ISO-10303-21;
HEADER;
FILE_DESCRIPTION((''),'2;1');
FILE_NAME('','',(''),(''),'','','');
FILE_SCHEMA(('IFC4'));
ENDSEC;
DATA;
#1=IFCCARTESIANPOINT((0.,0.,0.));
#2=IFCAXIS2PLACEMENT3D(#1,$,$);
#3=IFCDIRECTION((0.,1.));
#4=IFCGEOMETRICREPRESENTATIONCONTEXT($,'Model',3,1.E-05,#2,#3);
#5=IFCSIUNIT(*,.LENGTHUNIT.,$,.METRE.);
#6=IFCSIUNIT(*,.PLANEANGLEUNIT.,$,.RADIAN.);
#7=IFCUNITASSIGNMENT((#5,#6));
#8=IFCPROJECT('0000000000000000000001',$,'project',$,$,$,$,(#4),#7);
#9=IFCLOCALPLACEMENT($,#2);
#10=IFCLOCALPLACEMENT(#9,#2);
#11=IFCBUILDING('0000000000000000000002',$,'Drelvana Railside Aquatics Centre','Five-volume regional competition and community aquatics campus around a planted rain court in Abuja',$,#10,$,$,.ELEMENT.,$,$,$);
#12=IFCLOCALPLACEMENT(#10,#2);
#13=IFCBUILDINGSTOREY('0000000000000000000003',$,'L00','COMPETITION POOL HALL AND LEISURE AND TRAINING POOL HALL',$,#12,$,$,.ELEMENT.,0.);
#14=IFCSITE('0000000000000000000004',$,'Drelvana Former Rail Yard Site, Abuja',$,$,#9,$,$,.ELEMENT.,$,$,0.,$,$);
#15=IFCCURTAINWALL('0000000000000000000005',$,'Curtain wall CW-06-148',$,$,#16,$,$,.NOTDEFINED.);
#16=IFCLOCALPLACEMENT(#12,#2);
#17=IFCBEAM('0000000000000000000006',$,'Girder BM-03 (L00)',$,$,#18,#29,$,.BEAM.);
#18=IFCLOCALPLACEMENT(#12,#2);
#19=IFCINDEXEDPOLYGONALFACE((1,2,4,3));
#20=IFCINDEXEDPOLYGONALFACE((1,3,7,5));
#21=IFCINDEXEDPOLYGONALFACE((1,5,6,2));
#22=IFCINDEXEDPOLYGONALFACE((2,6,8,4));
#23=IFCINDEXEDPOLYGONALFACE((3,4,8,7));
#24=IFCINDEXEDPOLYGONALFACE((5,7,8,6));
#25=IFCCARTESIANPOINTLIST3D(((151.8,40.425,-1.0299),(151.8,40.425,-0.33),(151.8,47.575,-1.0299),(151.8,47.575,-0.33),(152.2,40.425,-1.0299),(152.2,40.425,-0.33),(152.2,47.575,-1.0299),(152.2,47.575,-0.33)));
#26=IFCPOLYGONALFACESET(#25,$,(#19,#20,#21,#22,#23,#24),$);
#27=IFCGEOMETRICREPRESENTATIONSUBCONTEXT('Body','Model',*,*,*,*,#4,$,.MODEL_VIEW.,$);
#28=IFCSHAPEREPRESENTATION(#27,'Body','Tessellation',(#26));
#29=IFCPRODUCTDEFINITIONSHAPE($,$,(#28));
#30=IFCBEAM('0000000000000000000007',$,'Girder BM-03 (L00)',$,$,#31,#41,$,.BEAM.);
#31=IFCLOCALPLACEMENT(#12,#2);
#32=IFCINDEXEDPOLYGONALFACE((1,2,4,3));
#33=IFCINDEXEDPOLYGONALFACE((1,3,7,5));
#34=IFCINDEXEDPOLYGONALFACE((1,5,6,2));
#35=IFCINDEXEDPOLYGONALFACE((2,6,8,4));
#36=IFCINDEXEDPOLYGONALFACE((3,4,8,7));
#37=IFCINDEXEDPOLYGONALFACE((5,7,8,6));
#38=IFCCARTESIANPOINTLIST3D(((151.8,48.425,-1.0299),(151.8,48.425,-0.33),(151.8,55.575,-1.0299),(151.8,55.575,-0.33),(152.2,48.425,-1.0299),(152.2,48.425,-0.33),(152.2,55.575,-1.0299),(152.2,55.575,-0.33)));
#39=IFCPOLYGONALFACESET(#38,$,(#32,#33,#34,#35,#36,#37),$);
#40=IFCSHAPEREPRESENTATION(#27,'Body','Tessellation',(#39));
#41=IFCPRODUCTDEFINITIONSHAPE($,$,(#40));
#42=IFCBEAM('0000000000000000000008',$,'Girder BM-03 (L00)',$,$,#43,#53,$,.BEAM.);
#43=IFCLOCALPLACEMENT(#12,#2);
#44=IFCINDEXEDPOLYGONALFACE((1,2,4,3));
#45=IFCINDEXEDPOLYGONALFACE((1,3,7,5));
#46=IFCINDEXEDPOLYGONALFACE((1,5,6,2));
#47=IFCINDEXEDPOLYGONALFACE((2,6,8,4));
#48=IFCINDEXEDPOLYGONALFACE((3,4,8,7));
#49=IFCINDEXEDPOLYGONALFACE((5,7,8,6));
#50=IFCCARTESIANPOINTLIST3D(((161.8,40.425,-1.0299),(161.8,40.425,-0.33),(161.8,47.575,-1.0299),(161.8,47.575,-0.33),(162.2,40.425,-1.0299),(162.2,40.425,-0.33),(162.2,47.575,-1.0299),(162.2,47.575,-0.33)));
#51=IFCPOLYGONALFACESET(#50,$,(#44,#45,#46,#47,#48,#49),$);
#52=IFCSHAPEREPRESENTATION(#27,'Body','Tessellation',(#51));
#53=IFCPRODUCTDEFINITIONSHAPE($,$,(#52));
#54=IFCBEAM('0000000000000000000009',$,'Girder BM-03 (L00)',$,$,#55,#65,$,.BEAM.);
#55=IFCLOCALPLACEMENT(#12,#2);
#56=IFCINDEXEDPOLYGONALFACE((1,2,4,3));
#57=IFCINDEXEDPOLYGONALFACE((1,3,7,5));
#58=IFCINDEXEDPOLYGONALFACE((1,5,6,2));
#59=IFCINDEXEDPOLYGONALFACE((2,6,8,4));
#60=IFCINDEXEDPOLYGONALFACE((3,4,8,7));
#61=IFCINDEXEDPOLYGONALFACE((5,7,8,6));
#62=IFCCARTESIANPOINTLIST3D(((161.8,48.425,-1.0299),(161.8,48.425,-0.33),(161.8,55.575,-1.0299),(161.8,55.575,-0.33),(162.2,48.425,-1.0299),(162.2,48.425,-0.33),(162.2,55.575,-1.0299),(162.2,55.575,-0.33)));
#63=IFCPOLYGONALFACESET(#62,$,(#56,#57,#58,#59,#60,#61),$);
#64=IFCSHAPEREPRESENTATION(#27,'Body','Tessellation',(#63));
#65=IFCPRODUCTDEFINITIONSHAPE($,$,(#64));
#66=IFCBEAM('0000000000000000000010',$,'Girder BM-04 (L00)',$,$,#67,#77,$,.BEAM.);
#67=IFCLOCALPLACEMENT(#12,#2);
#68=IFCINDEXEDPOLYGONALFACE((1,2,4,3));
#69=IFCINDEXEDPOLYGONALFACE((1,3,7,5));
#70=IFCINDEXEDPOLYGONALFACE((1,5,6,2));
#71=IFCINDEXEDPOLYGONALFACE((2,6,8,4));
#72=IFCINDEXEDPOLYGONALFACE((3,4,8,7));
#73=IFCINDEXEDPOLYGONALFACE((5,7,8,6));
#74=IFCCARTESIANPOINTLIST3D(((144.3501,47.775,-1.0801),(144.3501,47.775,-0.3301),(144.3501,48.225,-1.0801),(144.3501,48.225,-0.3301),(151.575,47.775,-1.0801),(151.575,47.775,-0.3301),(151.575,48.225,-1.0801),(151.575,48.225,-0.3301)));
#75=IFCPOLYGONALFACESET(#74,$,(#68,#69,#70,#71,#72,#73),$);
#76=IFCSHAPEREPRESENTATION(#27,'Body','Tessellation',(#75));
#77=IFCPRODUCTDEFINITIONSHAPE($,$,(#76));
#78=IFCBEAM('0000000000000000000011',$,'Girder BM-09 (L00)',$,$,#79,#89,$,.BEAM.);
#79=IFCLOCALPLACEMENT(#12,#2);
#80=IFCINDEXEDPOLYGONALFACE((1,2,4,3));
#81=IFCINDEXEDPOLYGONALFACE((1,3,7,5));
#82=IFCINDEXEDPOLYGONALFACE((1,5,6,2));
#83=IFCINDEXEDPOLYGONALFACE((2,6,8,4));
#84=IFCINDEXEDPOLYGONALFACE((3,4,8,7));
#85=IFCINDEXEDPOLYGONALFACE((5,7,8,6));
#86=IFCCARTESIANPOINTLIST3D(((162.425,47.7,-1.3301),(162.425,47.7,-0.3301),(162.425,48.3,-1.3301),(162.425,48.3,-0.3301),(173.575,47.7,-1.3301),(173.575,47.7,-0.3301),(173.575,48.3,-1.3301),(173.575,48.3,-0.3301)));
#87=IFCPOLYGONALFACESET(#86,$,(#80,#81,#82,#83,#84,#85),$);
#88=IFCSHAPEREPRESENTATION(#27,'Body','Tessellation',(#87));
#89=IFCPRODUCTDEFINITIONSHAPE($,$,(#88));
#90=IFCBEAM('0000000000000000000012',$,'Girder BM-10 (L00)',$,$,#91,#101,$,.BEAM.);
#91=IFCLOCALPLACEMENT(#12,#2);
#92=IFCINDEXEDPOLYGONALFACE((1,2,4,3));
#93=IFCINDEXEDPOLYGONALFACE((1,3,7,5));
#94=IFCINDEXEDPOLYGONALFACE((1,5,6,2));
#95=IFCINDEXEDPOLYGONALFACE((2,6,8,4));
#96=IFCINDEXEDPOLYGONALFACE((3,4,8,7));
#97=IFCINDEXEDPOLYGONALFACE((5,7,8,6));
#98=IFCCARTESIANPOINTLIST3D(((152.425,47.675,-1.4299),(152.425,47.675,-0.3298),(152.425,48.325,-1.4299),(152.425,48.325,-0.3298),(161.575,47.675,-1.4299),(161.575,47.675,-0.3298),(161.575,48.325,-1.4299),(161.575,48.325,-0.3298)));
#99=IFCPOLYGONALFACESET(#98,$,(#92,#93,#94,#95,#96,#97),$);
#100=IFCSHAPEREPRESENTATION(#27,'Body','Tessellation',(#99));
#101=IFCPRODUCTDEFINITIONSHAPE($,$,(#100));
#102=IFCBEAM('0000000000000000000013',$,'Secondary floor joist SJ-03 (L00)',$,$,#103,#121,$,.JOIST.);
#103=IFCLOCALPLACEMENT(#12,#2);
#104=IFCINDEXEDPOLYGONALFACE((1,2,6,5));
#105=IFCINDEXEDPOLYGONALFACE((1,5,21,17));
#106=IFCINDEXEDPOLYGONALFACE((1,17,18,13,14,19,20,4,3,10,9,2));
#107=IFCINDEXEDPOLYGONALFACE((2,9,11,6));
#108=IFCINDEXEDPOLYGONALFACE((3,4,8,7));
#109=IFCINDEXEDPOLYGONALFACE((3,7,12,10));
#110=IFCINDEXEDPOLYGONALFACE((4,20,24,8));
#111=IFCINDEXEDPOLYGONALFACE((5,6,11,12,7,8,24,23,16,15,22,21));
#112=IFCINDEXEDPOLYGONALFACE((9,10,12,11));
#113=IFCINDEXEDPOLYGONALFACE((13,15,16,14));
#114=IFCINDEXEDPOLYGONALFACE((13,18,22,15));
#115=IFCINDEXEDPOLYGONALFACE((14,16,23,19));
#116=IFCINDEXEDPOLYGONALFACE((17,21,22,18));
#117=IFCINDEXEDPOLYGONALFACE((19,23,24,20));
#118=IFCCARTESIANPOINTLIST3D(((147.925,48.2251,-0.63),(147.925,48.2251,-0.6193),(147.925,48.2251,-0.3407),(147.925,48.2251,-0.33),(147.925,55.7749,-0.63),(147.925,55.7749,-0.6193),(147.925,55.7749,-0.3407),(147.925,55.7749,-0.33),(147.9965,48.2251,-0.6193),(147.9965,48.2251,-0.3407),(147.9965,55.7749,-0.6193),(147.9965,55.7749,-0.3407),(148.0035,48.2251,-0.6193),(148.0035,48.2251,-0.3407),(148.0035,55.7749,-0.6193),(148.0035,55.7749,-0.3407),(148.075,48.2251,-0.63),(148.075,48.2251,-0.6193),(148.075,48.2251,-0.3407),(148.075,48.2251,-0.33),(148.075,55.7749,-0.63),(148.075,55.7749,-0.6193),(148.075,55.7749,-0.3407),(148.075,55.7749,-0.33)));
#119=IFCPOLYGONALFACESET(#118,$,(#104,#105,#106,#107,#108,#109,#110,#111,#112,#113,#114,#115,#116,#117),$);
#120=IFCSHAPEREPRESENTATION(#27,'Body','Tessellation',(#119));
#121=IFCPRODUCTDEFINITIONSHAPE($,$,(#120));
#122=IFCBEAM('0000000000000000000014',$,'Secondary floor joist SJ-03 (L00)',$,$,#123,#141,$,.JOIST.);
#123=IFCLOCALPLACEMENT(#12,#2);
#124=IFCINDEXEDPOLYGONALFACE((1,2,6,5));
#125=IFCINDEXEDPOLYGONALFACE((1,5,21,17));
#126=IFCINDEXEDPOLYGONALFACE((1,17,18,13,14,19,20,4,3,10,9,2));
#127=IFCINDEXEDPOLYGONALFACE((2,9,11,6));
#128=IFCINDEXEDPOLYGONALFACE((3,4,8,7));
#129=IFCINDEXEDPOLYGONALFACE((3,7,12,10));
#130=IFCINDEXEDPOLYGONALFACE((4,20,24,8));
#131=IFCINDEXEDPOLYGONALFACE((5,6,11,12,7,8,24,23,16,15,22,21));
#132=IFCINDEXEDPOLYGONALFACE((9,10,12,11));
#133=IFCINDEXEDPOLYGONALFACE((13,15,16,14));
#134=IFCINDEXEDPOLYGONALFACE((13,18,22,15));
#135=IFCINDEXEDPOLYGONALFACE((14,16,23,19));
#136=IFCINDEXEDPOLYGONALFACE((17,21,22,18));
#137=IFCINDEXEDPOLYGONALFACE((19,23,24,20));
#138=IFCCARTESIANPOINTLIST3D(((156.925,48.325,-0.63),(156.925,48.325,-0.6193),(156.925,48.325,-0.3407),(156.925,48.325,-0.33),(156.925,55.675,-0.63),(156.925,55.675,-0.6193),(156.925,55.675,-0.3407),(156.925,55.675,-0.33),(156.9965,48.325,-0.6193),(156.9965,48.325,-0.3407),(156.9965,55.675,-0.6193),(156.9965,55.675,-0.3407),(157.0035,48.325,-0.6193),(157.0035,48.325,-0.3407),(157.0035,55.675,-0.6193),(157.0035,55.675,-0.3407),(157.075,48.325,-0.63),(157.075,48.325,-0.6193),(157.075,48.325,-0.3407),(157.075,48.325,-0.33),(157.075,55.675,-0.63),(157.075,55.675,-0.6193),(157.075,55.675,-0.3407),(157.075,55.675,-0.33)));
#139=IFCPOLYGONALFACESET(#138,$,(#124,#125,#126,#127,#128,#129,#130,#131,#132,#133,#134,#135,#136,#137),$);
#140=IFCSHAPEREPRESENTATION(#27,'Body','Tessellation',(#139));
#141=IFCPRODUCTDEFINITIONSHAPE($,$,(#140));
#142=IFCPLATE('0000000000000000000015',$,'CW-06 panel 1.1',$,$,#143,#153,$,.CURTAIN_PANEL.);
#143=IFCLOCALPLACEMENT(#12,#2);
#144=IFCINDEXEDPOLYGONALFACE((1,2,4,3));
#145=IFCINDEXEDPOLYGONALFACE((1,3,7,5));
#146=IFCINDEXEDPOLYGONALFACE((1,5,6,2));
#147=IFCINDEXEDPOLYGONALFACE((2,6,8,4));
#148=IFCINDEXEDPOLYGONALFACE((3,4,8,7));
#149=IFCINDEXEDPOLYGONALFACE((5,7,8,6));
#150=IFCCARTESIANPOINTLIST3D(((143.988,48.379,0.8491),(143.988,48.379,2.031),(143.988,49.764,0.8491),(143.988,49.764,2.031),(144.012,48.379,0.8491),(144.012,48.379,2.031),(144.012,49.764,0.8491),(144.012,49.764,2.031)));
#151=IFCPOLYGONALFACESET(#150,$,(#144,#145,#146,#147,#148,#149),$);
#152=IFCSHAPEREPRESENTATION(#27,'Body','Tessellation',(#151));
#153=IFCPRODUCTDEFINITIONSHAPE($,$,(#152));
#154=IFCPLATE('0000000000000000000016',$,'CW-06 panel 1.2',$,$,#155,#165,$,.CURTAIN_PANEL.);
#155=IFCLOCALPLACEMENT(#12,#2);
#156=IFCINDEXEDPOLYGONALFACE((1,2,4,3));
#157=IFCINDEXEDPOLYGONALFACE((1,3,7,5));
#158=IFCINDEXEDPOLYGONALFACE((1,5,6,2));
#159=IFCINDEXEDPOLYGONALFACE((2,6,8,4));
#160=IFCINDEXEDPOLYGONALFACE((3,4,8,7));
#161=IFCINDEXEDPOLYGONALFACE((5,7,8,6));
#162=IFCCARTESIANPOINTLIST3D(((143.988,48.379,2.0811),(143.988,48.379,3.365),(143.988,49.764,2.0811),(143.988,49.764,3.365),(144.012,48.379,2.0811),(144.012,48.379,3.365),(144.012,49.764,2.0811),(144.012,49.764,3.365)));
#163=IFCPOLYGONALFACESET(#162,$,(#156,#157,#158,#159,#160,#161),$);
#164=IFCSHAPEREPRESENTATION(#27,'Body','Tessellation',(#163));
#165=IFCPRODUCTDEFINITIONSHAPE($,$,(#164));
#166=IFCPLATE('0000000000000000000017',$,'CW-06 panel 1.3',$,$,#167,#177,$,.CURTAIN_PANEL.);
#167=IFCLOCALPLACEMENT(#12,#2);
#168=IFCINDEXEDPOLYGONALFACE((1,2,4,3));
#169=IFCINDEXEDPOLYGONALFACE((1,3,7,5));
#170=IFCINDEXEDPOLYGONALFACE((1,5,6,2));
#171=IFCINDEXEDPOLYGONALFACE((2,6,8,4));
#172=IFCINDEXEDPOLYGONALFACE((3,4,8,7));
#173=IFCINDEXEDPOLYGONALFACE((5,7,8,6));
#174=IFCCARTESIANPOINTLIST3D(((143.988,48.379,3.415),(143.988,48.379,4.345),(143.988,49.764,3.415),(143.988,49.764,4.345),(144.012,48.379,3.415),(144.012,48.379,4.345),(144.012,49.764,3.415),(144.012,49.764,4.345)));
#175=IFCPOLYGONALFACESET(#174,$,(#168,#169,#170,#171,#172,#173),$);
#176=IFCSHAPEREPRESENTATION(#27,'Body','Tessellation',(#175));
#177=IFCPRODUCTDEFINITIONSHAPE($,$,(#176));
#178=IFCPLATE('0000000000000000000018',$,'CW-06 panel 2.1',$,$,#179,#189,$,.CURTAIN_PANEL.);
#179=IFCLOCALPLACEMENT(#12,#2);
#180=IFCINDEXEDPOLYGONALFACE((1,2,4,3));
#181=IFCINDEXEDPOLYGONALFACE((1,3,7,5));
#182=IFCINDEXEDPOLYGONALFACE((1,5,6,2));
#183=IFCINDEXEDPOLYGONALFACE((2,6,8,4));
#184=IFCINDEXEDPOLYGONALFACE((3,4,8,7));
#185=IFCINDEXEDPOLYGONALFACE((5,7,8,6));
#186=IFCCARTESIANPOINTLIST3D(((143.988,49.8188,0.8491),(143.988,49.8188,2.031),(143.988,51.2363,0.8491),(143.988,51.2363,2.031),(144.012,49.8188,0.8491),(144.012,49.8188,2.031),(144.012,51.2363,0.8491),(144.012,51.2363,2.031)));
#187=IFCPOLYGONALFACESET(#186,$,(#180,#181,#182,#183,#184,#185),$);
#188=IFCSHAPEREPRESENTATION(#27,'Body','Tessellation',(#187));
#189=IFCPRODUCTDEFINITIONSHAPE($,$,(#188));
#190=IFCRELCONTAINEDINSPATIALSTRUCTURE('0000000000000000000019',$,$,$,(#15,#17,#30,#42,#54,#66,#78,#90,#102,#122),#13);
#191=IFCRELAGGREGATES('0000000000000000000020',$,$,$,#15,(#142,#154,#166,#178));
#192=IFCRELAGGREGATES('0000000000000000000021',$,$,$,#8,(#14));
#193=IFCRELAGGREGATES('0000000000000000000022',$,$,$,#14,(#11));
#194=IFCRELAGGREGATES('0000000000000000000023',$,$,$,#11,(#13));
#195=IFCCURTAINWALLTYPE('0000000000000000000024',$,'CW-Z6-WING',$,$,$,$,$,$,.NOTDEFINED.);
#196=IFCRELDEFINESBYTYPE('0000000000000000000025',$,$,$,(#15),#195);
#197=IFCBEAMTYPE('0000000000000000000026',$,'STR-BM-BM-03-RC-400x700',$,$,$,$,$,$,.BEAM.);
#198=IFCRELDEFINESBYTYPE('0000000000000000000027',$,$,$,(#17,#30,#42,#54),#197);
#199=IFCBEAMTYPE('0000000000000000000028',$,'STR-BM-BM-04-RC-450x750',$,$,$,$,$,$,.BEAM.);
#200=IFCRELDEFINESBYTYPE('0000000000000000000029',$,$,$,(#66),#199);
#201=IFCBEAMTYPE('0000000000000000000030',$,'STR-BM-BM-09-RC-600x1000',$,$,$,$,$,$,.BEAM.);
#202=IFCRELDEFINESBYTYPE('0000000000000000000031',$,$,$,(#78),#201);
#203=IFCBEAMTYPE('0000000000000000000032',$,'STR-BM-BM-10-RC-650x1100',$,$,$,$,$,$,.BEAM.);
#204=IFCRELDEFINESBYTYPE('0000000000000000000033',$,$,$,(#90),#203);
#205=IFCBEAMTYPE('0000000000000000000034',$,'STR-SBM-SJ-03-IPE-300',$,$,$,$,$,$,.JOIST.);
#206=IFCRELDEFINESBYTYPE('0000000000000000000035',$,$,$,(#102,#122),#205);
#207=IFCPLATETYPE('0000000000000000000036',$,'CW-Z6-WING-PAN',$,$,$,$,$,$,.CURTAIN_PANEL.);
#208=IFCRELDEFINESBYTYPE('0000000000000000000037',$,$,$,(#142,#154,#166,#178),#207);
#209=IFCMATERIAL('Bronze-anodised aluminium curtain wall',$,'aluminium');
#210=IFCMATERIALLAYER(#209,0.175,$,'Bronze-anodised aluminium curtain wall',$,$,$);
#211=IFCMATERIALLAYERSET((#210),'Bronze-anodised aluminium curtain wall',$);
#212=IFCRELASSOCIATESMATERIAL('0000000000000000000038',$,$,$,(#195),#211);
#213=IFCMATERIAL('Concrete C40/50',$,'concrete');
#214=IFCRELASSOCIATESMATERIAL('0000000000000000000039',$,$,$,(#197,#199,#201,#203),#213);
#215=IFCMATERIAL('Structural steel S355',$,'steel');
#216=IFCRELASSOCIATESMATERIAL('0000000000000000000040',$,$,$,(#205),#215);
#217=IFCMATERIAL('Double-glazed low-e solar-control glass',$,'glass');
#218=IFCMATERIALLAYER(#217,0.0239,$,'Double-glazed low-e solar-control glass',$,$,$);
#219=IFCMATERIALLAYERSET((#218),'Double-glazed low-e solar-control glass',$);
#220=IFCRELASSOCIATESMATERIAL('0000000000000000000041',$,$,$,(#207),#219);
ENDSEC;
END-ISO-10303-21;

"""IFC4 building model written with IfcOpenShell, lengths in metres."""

from ifc_helpers import new_model, si_unit, direction, frame, origin, origin_2d, place, context, subcontext, project, spatial, rectangle, i_section, extrude, material, layer, layer_set, material_profile, profile_set, type_object, element, aggregate, save


model = new_model("IFC4")

# Units and contexts
model_context = context("Model", 3, precision=1e-05, world=origin(), true_north=direction((0.0, 1.0)))
body_context = subcontext(model_context, "Body", "Model", "MODEL_VIEW")
ifc_project = project(units=[si_unit("LENGTHUNIT", "METRE"), si_unit("PLANEANGLEUNIT", "RADIAN")], contexts=[model_context])

# Site, building, storey
site_placement = place(None, origin())
site = spatial("IfcSite", under=ifc_project, at=site_placement, Name="Drelvana Former Rail Yard Site, Abuja", CompositionType="ELEMENT", RefElevation=0.0)
building_placement = place(site_placement, origin())
building = spatial("IfcBuilding", under=site, at=building_placement, Name="Drelvana Railside Aquatics Centre", Description="Five-volume regional competition and community aquatics campus around a planted rain court in Abuja", CompositionType="ELEMENT")
storey_placement = place(building_placement, origin())
storey = spatial("IfcBuildingStorey", under=building, at=storey_placement, Name="L00", Description="COMPETITION POOL HALL AND LEISURE AND TRAINING POOL HALL", CompositionType="ELEMENT", Elevation=0.0)

# Shared definitions
ifc_material_1 = material(Name="Concrete C40/50", Category="concrete")

# Curtain wall
ifc_material_2 = material(Name="Bronze-anodised aluminium curtain wall", Category="aluminium")
ifc_layer_1 = layer(ifc_material_2, 0.175, Name="Bronze-anodised aluminium curtain wall")
ifc_layer_set_1 = layer_set([ifc_layer_1], Name="Bronze-anodised aluminium curtain wall")
curtain_wall_type = type_object("IfcCurtainWallType", Name="CW-Z6-WING", PredefinedType="NOTDEFINED", material=ifc_layer_set_1)
curtain_wall_placement = place(storey_placement, origin())
curtain_wall = element("IfcCurtainWall", 1, at=curtain_wall_placement, inside=storey, type_object=curtain_wall_type, Name="Curtain wall CW-06-148", PredefinedType="NOTDEFINED")

# Beams
ifc_material_profile_1 = material_profile(ifc_material_1, rectangle(XDim=0.3999, YDim=0.7, at=origin_2d()), Name="RC 400x700")
ifc_profile_set_1 = profile_set([ifc_material_profile_1], Name="Concrete C40/50")
beam_type_1 = type_object("IfcBeamType", Name="STR-BM-BM-03-RC-400x700", PredefinedType="BEAM", material=ifc_profile_set_1)
for number, where, z_axis, x_axis, name in (
    (2, (152.0, 40.425, -0.6799), (0.0, 1.0, 0.0), (-1.0, 0.0, 0.0), "Girder BM-03 (L00)"),
    (3, (152.0, 48.425, -0.6799), (0.0, 1.0, 0.0), (-1.0, 0.0, 0.0), "Girder BM-03 (L00)"),
    (4, (162.0, 40.425, -0.6799), (0.0, 1.0, 0.0), (-1.0, 0.0, 0.0), "Girder BM-03 (L00)"),
    (5, (162.0, 48.425, -0.6799), (0.0, 1.0, 0.0), (-1.0, 0.0, 0.0), "Girder BM-03 (L00)"),
):
    element("IfcBeam", number, at=place(storey_placement, frame(where, z_axis=z_axis, x_axis=x_axis)), inside=storey, type_object=beam_type_1, Name=name, PredefinedType="BEAM", context=body_context, shape_type="SweptSolid", body=[
        extrude(rectangle(XDim=0.3999, YDim=0.7, at=origin_2d()), origin(), (0.0, 0.0, 1.0), 7.1499),
    ])
ifc_material_profile_2 = material_profile(ifc_material_1, rectangle(XDim=0.45, YDim=0.75, at=origin_2d()), Name="RC 450x750")
ifc_profile_set_2 = profile_set([ifc_material_profile_2], Name="Concrete C40/50")
beam_type_2 = type_object("IfcBeamType", Name="STR-BM-BM-04-RC-450x750", PredefinedType="BEAM", material=ifc_profile_set_2)
beam_1_placement = place(storey_placement, frame((144.3501, 48.0, -0.7051), z_axis=(1.0, 0.0, 0.0), x_axis=(0.0, 1.0, 0.0)))
element("IfcBeam", 6, at=beam_1_placement, inside=storey, type_object=beam_type_2, Name="Girder BM-04 (L00)", PredefinedType="BEAM", context=body_context, shape_type="SweptSolid", body=[
    extrude(rectangle(XDim=0.45, YDim=0.75, at=origin_2d()), origin(), (0.0, 0.0, 1.0), 7.2249),
])
ifc_material_profile_3 = material_profile(ifc_material_1, rectangle(XDim=0.6001, YDim=1.0, at=origin_2d()), Name="RC 600x1000")
ifc_profile_set_3 = profile_set([ifc_material_profile_3], Name="Concrete C40/50")
beam_type_3 = type_object("IfcBeamType", Name="STR-BM-BM-09-RC-600x1000", PredefinedType="BEAM", material=ifc_profile_set_3)
beam_2_placement = place(storey_placement, frame((162.425, 48.0, -0.8301), z_axis=(1.0, 0.0, 0.0), x_axis=(0.0, 1.0, 0.0)))
element("IfcBeam", 7, at=beam_2_placement, inside=storey, type_object=beam_type_3, Name="Girder BM-09 (L00)", PredefinedType="BEAM", context=body_context, shape_type="SweptSolid", body=[
    extrude(rectangle(XDim=0.6001, YDim=1.0, at=origin_2d()), origin(), (0.0, 0.0, 1.0), 11.1499),
])
ifc_material_profile_4 = material_profile(ifc_material_1, rectangle(XDim=0.6499, YDim=1.1001, at=origin_2d()), Name="RC 650x1100")
ifc_profile_set_4 = profile_set([ifc_material_profile_4], Name="Concrete C40/50")
beam_type_4 = type_object("IfcBeamType", Name="STR-BM-BM-10-RC-650x1100", PredefinedType="BEAM", material=ifc_profile_set_4)
beam_3_placement = place(storey_placement, frame((152.425, 48.0, -0.8799), z_axis=(1.0, 0.0, 0.0), x_axis=(0.0, 1.0, 0.0)))
element("IfcBeam", 8, at=beam_3_placement, inside=storey, type_object=beam_type_4, Name="Girder BM-10 (L00)", PredefinedType="BEAM", context=body_context, shape_type="SweptSolid", body=[
    extrude(rectangle(XDim=0.6499, YDim=1.1001, at=origin_2d()), origin(), (0.0, 0.0, 1.0), 9.1499),
])
ifc_material_3 = material(Name="Structural steel S355", Category="steel")
ifc_material_profile_5 = material_profile(ifc_material_3, i_section(OverallWidth=0.1499, OverallDepth=0.3, WebThickness=0.0071, FlangeThickness=0.0107, at=origin_2d()), Name="IPE 300")
ifc_profile_set_5 = profile_set([ifc_material_profile_5], Name="Structural steel S355")
beam_type_5 = type_object("IfcBeamType", Name="STR-SBM-SJ-03-IPE-300", PredefinedType="JOIST", material=ifc_profile_set_5)
beam_4_placement = place(storey_placement, frame((148.0, 48.2251, -0.48), z_axis=(0.0, 1.0, 0.0), x_axis=(-1.0, 0.0, 0.0)))
element("IfcBeam", 9, at=beam_4_placement, inside=storey, type_object=beam_type_5, Name="Secondary floor joist SJ-03 (L00)", PredefinedType="JOIST", context=body_context, shape_type="SweptSolid", body=[
    extrude(i_section(OverallWidth=0.1499, OverallDepth=0.3, WebThickness=0.0071, FlangeThickness=0.0107, at=origin_2d()), origin(), (0.0, 0.0, 1.0), 7.5498),
])
beam_5_placement = place(storey_placement, frame((157.0, 48.325, -0.48), z_axis=(0.0, 1.0, 0.0), x_axis=(-1.0, 0.0, 0.0)))
element("IfcBeam", 10, at=beam_5_placement, inside=storey, type_object=beam_type_5, Name="Secondary floor joist SJ-03 (L00)", PredefinedType="JOIST", context=body_context, shape_type="SweptSolid", body=[
    extrude(i_section(OverallWidth=0.1499, OverallDepth=0.3, WebThickness=0.0071, FlangeThickness=0.0107, at=origin_2d()), origin(), (0.0, 0.0, 1.0), 7.3501),
])

# Plates
ifc_material_4 = material(Name="Double-glazed low-e solar-control glass", Category="glass")
ifc_layer_2 = layer(ifc_material_4, 0.0239, Name="Double-glazed low-e solar-control glass")
ifc_layer_set_2 = layer_set([ifc_layer_2], Name="Double-glazed low-e solar-control glass")
plate_type = type_object("IfcPlateType", Name="CW-Z6-WING-PAN", PredefinedType="CURTAIN_PANEL", material=ifc_layer_set_2)
plate_1_placement = place(storey_placement, frame((144.0, 49.0715, 0.8491), z_axis=(0.0, 0.0, 1.0), x_axis=(0.0, 1.0, 0.0)))
plate_1 = element("IfcPlate", 11, at=plate_1_placement, type_object=plate_type, Name="CW-06 panel 1.1", PredefinedType="CURTAIN_PANEL", context=body_context, shape_type="SweptSolid", body=[
    extrude(rectangle(XDim=1.385, YDim=0.0239, at=origin_2d()), origin(), (0.0, 0.0, 1.0), 1.1819),
])
plate_2_placement = place(storey_placement, frame((144.0, 49.0715, 2.0811), z_axis=(0.0, 0.0, 1.0), x_axis=(0.0, 1.0, 0.0)))
plate_2 = element("IfcPlate", 12, at=plate_2_placement, type_object=plate_type, Name="CW-06 panel 1.2", PredefinedType="CURTAIN_PANEL", context=body_context, shape_type="SweptSolid", body=[
    extrude(rectangle(XDim=1.385, YDim=0.0239, at=origin_2d()), origin(), (0.0, 0.0, 1.0), 1.2839),
])
plate_3_placement = place(storey_placement, frame((144.0, 49.0715, 3.415), z_axis=(0.0, 0.0, 1.0), x_axis=(0.0, 1.0, 0.0)))
plate_3 = element("IfcPlate", 13, at=plate_3_placement, type_object=plate_type, Name="CW-06 panel 1.3", PredefinedType="CURTAIN_PANEL", context=body_context, shape_type="SweptSolid", body=[
    extrude(rectangle(XDim=1.385, YDim=0.0239, at=origin_2d()), origin(), (0.0, 0.0, 1.0), 0.9299),
])
plate_4_placement = place(storey_placement, frame((144.0, 50.5276, 0.8491), z_axis=(0.0, 0.0, 1.0), x_axis=(0.0, 1.0, 0.0)))
plate_4 = element("IfcPlate", 14, at=plate_4_placement, type_object=plate_type, Name="CW-06 panel 2.1", PredefinedType="CURTAIN_PANEL", context=body_context, shape_type="SweptSolid", body=[
    extrude(rectangle(XDim=1.4175, YDim=0.0239, at=origin_2d()), origin(), (0.0, 0.0, 1.0), 1.1819),
])
aggregate(curtain_wall, [plate_1, plate_2, plate_3, plate_4])

save(model, "model.ifc")
